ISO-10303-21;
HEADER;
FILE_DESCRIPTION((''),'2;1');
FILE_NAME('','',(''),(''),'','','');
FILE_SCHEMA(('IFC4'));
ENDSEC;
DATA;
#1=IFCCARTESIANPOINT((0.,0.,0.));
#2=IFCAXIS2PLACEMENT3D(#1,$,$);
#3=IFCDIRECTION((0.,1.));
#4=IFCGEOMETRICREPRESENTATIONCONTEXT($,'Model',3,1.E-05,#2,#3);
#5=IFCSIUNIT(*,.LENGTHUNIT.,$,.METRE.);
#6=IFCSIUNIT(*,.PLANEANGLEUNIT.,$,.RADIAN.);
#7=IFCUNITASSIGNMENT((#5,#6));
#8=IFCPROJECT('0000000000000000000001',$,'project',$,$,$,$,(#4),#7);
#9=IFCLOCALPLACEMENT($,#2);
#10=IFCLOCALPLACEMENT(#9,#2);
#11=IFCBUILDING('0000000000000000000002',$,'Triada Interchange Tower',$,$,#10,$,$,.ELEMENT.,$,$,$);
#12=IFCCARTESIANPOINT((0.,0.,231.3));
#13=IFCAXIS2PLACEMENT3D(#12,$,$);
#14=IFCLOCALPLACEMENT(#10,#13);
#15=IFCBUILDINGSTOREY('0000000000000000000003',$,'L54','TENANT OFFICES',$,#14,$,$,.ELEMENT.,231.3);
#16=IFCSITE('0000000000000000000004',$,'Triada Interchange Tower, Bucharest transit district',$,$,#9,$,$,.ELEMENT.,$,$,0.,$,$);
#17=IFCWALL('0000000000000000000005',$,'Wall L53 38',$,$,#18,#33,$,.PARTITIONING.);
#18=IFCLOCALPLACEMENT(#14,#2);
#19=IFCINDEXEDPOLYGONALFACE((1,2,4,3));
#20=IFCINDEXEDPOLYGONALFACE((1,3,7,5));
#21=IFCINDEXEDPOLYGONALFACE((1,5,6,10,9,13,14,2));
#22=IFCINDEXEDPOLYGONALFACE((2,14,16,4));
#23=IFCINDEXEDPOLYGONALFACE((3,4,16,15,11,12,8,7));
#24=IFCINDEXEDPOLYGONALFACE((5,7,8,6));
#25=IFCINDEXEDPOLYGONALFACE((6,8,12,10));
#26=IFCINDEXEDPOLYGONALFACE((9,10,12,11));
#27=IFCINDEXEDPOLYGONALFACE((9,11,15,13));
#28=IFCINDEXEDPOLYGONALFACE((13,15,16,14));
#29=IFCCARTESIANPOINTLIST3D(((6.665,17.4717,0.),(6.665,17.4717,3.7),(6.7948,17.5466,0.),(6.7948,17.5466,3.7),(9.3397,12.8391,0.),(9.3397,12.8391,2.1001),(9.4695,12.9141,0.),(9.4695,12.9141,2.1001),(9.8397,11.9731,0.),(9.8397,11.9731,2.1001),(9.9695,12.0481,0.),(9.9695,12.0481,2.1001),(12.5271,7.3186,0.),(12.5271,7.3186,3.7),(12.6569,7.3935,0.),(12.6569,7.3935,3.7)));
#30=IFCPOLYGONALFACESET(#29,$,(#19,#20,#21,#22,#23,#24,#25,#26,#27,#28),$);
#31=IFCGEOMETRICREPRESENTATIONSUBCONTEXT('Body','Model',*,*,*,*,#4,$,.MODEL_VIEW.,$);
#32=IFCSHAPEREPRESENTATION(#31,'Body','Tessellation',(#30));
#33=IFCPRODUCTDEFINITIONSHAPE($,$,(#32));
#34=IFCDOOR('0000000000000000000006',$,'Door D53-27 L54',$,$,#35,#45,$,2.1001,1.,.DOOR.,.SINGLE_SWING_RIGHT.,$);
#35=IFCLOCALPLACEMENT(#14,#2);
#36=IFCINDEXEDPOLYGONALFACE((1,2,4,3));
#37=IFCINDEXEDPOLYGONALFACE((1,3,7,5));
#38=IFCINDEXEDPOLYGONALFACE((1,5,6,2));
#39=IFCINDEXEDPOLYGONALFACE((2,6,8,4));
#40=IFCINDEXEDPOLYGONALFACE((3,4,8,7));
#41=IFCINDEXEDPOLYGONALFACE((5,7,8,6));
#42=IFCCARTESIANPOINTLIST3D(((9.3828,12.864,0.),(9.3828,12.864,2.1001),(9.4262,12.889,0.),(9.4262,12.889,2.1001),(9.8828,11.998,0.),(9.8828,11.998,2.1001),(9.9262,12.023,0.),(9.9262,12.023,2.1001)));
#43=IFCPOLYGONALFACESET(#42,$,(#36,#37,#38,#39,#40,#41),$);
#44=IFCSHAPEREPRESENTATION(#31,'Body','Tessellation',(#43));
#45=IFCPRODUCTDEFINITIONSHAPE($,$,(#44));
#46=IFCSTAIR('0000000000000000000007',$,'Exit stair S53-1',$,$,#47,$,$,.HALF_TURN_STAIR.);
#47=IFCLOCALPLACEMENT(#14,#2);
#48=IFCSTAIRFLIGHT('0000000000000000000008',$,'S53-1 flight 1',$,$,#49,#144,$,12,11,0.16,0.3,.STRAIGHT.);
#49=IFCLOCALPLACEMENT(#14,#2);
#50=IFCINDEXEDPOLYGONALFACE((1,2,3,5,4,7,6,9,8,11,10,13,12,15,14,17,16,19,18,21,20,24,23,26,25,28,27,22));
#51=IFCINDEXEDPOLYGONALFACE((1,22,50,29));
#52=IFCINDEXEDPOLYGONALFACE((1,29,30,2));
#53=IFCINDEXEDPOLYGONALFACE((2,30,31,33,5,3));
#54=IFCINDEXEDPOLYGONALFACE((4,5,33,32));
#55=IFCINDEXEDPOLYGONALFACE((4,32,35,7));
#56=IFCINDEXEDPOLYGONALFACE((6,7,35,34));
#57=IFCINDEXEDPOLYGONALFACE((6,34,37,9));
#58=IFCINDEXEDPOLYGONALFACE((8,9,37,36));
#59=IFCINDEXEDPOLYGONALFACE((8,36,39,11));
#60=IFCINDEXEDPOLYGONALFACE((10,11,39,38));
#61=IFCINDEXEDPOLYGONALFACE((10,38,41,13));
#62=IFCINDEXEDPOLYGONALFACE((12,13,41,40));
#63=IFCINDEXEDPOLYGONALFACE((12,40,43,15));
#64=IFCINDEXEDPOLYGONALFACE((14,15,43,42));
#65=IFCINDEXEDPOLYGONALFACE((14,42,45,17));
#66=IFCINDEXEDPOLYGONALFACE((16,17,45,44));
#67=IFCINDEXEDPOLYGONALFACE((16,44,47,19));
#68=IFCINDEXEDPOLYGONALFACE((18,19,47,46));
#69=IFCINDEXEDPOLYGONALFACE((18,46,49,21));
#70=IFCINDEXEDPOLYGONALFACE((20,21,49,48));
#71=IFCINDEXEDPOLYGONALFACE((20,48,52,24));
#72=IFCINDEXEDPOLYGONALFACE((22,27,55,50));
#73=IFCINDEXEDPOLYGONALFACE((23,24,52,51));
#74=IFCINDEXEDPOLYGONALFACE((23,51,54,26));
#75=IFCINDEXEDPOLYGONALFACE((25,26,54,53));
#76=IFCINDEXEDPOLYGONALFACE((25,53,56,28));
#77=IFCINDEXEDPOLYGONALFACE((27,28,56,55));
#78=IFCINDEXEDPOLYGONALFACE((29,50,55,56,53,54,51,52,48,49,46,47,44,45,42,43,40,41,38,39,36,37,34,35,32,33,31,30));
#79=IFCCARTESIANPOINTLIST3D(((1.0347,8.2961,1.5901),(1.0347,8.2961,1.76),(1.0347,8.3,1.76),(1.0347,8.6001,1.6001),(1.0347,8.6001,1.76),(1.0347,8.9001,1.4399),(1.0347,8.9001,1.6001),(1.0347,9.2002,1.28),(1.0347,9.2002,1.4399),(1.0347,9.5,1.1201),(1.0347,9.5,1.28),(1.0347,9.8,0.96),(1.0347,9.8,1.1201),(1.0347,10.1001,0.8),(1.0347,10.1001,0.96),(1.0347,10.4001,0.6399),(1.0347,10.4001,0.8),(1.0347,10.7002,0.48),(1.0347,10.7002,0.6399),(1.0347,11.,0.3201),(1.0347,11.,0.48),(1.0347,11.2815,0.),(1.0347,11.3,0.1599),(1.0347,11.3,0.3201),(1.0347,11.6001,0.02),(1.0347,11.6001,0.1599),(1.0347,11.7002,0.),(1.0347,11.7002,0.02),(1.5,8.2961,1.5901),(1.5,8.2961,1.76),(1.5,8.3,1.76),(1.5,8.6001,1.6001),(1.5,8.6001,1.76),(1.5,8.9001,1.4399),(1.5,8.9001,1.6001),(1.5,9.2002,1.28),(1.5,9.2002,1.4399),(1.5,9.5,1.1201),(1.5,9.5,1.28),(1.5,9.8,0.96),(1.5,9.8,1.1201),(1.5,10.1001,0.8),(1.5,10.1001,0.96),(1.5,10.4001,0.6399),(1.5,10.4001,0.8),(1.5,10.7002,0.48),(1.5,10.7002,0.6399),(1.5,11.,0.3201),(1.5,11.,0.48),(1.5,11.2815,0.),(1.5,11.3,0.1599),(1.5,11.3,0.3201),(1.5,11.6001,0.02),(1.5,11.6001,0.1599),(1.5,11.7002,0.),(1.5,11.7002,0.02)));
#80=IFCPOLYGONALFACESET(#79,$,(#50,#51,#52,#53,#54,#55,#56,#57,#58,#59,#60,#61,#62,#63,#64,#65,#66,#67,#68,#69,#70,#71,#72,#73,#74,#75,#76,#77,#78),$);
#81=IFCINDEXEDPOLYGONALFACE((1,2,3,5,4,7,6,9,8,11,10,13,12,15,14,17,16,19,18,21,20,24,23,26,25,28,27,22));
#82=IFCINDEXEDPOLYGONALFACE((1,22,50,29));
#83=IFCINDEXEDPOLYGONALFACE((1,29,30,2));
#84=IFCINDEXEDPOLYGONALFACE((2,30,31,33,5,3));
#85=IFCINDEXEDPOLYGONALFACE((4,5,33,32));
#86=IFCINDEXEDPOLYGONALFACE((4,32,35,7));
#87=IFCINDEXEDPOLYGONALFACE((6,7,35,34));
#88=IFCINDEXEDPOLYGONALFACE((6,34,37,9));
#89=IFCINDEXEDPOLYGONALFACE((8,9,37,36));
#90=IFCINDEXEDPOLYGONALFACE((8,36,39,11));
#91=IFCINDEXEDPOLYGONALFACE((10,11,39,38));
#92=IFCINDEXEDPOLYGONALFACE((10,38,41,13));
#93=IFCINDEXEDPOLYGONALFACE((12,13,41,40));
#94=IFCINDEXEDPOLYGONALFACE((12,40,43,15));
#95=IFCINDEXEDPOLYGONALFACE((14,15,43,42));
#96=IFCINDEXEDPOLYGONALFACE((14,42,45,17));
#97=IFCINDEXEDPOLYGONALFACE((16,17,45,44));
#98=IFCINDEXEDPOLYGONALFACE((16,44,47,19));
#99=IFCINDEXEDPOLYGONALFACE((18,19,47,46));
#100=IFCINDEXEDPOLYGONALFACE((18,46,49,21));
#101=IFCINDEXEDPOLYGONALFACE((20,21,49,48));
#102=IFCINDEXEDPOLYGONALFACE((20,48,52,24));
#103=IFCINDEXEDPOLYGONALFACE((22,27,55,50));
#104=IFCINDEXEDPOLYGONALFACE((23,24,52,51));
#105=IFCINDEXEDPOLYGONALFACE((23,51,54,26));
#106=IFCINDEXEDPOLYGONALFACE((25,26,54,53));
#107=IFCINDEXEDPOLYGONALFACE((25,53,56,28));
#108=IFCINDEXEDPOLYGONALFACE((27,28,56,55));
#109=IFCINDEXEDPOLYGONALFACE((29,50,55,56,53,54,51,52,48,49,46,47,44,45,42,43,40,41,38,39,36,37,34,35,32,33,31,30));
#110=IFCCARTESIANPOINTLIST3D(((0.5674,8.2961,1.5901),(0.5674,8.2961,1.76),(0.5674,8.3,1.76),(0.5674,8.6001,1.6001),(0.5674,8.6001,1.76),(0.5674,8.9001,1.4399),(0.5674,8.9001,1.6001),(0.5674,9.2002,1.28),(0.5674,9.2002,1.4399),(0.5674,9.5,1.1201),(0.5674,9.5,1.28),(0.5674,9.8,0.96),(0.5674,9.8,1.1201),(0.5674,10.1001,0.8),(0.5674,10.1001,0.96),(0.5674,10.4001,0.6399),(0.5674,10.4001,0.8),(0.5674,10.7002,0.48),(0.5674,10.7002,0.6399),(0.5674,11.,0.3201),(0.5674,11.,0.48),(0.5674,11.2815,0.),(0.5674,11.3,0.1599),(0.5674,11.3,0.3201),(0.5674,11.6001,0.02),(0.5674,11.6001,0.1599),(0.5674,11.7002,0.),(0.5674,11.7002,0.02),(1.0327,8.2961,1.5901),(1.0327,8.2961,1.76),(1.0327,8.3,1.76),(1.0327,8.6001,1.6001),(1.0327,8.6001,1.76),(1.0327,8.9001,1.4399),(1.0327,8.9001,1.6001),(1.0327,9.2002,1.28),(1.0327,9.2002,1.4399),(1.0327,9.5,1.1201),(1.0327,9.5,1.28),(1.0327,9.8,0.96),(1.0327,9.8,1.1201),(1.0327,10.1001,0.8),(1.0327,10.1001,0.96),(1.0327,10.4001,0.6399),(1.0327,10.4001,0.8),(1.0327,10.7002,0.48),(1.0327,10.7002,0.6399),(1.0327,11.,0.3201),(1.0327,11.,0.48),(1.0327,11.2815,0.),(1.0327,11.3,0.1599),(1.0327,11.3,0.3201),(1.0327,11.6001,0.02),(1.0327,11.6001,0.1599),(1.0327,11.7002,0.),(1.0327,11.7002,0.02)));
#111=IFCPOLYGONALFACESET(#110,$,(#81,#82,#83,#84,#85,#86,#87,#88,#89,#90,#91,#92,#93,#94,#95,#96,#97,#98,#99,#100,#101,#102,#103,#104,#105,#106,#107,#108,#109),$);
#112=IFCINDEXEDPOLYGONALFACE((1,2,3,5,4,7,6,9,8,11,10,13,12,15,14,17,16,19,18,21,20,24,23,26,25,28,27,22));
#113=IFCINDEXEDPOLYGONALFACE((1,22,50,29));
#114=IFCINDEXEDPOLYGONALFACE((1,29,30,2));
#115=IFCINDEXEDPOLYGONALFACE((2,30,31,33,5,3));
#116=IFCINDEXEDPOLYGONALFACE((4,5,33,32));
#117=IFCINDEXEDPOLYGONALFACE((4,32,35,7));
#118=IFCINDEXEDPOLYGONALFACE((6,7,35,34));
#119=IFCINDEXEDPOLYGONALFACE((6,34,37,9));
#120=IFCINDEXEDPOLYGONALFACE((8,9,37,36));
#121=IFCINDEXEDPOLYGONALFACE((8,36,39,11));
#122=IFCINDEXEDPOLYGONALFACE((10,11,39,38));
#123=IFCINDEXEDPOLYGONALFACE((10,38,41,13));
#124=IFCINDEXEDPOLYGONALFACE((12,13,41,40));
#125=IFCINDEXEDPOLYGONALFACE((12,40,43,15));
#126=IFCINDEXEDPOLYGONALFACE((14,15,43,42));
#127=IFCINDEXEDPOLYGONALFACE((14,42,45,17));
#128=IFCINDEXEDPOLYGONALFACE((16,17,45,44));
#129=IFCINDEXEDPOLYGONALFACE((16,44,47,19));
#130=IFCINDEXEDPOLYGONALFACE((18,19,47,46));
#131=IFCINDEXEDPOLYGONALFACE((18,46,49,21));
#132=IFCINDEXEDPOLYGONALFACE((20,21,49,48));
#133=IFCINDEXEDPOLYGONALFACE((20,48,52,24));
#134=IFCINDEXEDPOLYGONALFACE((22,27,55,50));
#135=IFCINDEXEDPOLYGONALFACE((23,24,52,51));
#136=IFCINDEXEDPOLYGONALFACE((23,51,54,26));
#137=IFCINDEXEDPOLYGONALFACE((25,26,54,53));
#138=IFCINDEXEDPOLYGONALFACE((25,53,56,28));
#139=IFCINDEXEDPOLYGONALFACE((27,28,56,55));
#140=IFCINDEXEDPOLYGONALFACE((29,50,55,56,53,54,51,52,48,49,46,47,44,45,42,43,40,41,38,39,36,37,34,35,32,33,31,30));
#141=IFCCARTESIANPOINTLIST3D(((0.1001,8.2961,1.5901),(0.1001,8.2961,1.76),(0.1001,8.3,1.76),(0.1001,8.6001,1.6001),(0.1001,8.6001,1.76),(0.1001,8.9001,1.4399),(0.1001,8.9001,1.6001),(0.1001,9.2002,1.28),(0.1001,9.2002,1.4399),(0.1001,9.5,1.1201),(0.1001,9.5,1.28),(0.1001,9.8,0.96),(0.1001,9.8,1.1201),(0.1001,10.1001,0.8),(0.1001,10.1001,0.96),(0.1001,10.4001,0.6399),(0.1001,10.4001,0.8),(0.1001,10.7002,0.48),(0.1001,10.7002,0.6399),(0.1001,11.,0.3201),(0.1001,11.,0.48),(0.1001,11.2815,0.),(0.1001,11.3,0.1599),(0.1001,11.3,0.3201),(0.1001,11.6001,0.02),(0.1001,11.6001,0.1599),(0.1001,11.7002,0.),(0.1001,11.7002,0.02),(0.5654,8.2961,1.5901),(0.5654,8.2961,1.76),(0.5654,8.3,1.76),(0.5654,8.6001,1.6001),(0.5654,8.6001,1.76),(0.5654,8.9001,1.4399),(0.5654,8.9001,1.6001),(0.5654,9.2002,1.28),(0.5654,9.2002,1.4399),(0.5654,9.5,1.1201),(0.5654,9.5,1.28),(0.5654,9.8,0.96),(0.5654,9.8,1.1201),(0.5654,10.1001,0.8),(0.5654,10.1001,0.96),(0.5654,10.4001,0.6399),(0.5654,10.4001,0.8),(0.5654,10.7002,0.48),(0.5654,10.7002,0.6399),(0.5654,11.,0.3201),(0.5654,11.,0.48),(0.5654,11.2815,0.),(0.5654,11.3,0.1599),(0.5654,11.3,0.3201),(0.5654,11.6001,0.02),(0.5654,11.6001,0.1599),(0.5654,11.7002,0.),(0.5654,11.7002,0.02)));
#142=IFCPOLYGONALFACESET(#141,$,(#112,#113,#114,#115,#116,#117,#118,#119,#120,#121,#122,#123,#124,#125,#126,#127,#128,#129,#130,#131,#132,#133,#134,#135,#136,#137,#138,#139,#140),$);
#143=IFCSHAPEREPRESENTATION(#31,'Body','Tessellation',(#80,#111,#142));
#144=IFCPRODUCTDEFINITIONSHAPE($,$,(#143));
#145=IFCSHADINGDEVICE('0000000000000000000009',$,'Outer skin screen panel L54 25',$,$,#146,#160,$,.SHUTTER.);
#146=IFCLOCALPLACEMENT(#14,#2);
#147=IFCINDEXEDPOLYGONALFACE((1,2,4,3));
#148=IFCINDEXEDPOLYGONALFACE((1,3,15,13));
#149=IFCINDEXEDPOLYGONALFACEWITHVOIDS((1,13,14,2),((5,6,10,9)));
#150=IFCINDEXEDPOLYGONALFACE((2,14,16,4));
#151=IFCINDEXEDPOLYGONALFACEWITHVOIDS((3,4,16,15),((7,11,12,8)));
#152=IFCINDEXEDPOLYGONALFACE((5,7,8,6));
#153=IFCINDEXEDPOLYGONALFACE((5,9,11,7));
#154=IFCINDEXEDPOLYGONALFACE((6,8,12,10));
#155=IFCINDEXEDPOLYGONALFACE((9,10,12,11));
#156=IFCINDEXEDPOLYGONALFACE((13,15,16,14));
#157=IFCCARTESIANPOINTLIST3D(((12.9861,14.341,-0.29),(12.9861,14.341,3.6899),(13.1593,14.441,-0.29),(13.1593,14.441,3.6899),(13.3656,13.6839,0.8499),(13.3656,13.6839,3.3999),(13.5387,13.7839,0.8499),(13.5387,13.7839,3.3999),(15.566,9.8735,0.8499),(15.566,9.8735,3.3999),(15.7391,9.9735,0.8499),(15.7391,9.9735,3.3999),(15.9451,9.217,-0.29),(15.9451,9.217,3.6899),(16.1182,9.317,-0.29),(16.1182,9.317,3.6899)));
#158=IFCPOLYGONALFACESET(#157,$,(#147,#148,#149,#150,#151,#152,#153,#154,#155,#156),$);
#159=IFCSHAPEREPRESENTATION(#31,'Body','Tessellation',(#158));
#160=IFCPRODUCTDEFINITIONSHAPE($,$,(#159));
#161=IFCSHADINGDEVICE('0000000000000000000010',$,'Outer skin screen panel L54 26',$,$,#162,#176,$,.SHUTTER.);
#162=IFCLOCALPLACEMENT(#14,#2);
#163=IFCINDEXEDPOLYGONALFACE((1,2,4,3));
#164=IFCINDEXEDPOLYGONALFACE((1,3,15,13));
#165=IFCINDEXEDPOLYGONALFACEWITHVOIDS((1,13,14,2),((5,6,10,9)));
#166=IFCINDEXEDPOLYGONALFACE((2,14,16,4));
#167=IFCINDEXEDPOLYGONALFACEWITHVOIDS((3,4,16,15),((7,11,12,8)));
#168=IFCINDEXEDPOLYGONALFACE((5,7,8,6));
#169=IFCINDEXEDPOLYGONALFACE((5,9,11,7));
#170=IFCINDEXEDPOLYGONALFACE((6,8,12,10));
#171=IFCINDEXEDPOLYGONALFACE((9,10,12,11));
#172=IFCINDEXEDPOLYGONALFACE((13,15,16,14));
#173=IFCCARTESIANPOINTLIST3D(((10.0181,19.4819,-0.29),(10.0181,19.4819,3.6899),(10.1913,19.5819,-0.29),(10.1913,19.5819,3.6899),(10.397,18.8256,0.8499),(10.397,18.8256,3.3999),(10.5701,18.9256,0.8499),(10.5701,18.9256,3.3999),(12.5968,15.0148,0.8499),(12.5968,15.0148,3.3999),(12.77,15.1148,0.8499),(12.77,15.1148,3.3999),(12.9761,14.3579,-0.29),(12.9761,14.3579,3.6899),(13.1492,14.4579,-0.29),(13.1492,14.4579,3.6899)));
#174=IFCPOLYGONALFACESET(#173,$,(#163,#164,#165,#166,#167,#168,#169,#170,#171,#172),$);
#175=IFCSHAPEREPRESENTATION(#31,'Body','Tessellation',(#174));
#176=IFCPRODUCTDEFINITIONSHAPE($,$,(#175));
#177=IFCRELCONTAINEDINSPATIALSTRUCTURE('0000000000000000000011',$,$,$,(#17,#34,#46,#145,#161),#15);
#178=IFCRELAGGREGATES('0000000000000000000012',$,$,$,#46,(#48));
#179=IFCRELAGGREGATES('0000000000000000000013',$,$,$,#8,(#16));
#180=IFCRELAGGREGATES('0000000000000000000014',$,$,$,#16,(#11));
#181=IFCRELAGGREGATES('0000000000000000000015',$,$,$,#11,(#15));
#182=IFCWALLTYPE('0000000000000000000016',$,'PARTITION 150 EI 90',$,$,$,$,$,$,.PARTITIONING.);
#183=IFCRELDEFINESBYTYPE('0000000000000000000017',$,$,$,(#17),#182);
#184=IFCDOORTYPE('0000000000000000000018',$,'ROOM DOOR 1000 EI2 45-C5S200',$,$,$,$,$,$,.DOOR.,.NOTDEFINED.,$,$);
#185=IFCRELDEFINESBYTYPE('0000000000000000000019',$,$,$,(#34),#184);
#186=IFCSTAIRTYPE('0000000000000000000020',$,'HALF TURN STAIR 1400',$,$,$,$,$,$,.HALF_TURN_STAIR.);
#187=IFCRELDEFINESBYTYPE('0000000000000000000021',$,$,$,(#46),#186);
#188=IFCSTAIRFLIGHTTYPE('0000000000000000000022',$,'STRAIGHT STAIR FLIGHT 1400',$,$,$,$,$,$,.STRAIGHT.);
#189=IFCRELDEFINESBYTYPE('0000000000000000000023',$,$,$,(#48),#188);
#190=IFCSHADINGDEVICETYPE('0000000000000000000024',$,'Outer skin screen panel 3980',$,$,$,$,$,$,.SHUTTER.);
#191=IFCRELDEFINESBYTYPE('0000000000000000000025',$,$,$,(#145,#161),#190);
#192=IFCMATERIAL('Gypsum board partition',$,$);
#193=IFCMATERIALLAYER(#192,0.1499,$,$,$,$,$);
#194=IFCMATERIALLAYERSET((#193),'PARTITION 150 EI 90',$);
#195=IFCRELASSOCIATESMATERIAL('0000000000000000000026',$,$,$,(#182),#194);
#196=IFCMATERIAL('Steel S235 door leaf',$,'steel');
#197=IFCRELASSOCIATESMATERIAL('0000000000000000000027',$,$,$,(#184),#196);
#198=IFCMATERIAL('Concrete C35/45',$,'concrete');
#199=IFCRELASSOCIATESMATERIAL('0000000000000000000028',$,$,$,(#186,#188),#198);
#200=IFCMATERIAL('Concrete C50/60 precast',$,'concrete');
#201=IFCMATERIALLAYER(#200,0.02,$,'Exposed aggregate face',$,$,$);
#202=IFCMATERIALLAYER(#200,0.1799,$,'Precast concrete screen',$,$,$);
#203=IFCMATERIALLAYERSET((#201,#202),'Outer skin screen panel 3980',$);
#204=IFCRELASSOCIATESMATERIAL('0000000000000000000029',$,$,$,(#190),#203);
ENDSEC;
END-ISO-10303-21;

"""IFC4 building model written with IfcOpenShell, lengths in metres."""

from ifc_helpers import new_model, si_unit, direction, frame, frame_2d, origin, place, context, subcontext, project, spatial, polyline, rectangle, outline, extrude, material, layer, layer_set, type_object, element, fill, aggregate, save


model = new_model("IFC4")

# Units and contexts
model_context = context("Model", 3, precision=1e-05, world=origin(), true_north=direction((0.0, 1.0)))
body_context = subcontext(model_context, "Body", "Model", "MODEL_VIEW")
ifc_project = project(units=[si_unit("LENGTHUNIT", "METRE"), si_unit("PLANEANGLEUNIT", "RADIAN")], contexts=[model_context])

# Site, building, storey
site_placement = place(None, origin())
site = spatial("IfcSite", under=ifc_project, at=site_placement, Name="Triada Interchange Tower, Bucharest transit district", CompositionType="ELEMENT", RefElevation=0.0)
building_placement = place(site_placement, origin())
building = spatial("IfcBuilding", under=site, at=building_placement, Name="Triada Interchange Tower", CompositionType="ELEMENT")
storey_placement = place(building_placement, frame((0.0, 0.0, 231.3)))
storey = spatial("IfcBuildingStorey", under=building, at=storey_placement, Name="L54", Description="TENANT OFFICES", CompositionType="ELEMENT", Elevation=231.3)

# Shared definitions
ifc_material_1 = material(Name="Steel S235 door leaf", Category="steel")

# Shared definitions
ifc_material_2 = material(Name="Gypsum board partition")

# Wall, opening, door
ifc_layer_1 = layer(ifc_material_2, 0.1499)
ifc_layer_set_1 = layer_set([ifc_layer_1], Name="PARTITION 150 EI 90")
wall_type_1 = type_object("IfcWallType", Name="PARTITION 150 EI 90", PredefinedType="PARTITIONING", material=ifc_layer_set_1)
wall_1_placement = place(storey_placement, frame((6.73, 17.509, 0.0), z_axis=(0.0, 0.0, 1.0), x_axis=(0.500011, -0.866019, 0.0)))
wall_1 = element("IfcWall", 1, at=wall_1_placement, inside=storey, type_object=wall_type_1, Name="Wall L53 38", PredefinedType="PARTITIONING", context=body_context, shape_type="SweptSolid", body=[
    extrude(rectangle(XDim=11.7239, YDim=0.1499, at=frame_2d((5.8618, 0.0))), origin(), (0.0, 0.0, 1.0), 3.7),
])
opening_1_placement = place(wall_1_placement, frame((5.3491, 0.0, 0.0)))
opening_1 = element("IfcOpeningElement", 2, at=opening_1_placement, cuts=wall_1, PredefinedType="OPENING", context=body_context, shape_type="SweptSolid", body=[
    extrude(rectangle(XDim=1.0, YDim=2.1001, at=frame_2d((0.5, 1.05))), frame((0.0, 0.085, 0.0), z_axis=(0.0, -1.0, 0.0), x_axis=(1.0, 0.0, 0.0)), (0.0, 0.0, 1.0), 0.1699),
])
door_type_1 = type_object("IfcDoorType", Name="ROOM DOOR 1000 EI2 45-C5S200", OperationType="NOTDEFINED", PredefinedType="DOOR", material=ifc_material_1)
door_1_placement = place(opening_1_placement, origin())
door_1 = element("IfcDoor", 3, at=door_1_placement, inside=storey, type_object=door_type_1, Name="Door D53-27 L54", OperationType="SINGLE_SWING_RIGHT", OverallHeight=2.1001, OverallWidth=1.0, PredefinedType="DOOR", context=body_context, shape_type="SweptSolid", body=[
    extrude(rectangle(XDim=1.0, YDim=2.1001, at=frame_2d((0.5, 1.05))), frame((0.0, 0.0249, 0.0), z_axis=(0.0, -1.0, 0.0), x_axis=(1.0, 0.0, 0.0)), (0.0, 0.0, 1.0), 0.05),
])
fill(opening_1, door_1)

# Stair, stair flight
ifc_material_3 = material(Name="Concrete C35/45", Category="concrete")
stair_type = type_object("IfcStairType", Name="HALF TURN STAIR 1400", PredefinedType="HALF_TURN_STAIR", material=ifc_material_3)
stair_placement = place(storey_placement, origin())
stair = element("IfcStair", 4, at=stair_placement, inside=storey, type_object=stair_type, Name="Exit stair S53-1", PredefinedType="HALF_TURN_STAIR")
stair_flight_type = type_object("IfcStairFlightType", Name="STRAIGHT STAIR FLIGHT 1400", PredefinedType="STRAIGHT", material=ifc_material_3)
stair_flight_placement = place(storey_placement, frame((0.8, 11.6001, 0.0), z_axis=(0.0, 0.0, 1.0), x_axis=(0.0, -1.0, 0.0)))
stair_flight = element("IfcStairFlight", 5, at=stair_flight_placement, type_object=stair_flight_type, Name="S53-1 flight 1", NumberOfRisers=12, NumberOfTreads=11, PredefinedType="STRAIGHT", RiserHeight=0.16, TreadLength=0.3, context=body_context, shape_type="SweptSolid", body=[
    extrude(outline(polyline([(-0.1001, 0.0), (-0.1001, 0.02), (0.0, 0.02), (0.0, 0.1599), (0.3, 0.1599), (0.3, 0.3201), (0.6001, 0.3201), (0.6001, 0.48), (0.8999, 0.48), (0.8999, 0.6399), (1.2, 0.6399), (1.2, 0.8), (1.5, 0.8), (1.5, 0.96), (1.8, 0.96), (1.8, 1.1201), (2.1001, 1.1201), (2.1001, 1.28), (2.3999, 1.28), (2.3999, 1.4399), (2.7, 1.4399), (2.7, 1.6001), (3.0, 1.6001), (3.0, 1.76), (3.3, 1.76), (3.304, 1.76), (3.304, 1.9199), (3.304, 1.5901), (0.3186, 0.0), (-0.1001, 0.0)])), frame((0.0, 0.7, 0.0), z_axis=(0.0, -1.0, 0.0), x_axis=(1.0, 0.0, 0.0)), (0.0, 0.0, 1.0), 0.4653),
    extrude(outline(polyline([(-0.1001, 0.0), (-0.1001, 0.02), (0.0, 0.02), (0.0, 0.1599), (0.3, 0.1599), (0.3, 0.3201), (0.6001, 0.3201), (0.6001, 0.48), (0.8999, 0.48), (0.8999, 0.6399), (1.2, 0.6399), (1.2, 0.8), (1.5, 0.8), (1.5, 0.96), (1.8, 0.96), (1.8, 1.1201), (2.1001, 1.1201), (2.1001, 1.28), (2.3999, 1.28), (2.3999, 1.4399), (2.7, 1.4399), (2.7, 1.6001), (3.0, 1.6001), (3.0, 1.76), (3.3, 1.76), (3.304, 1.76), (3.304, 1.9199), (3.304, 1.5901), (0.3186, 0.0), (-0.1001, 0.0)])), frame((0.0, 0.2327, 0.0), z_axis=(0.0, -1.0, 0.0), x_axis=(1.0, 0.0, 0.0)), (0.0, 0.0, 1.0), 0.4653),
    extrude(outline(polyline([(-0.1001, 0.0), (-0.1001, 0.02), (0.0, 0.02), (0.0, 0.1599), (0.3, 0.1599), (0.3, 0.3201), (0.6001, 0.3201), (0.6001, 0.48), (0.8999, 0.48), (0.8999, 0.6399), (1.2, 0.6399), (1.2, 0.8), (1.5, 0.8), (1.5, 0.96), (1.8, 0.96), (1.8, 1.1201), (2.1001, 1.1201), (2.1001, 1.28), (2.3999, 1.28), (2.3999, 1.4399), (2.7, 1.4399), (2.7, 1.6001), (3.0, 1.6001), (3.0, 1.76), (3.3, 1.76), (3.304, 1.76), (3.304, 1.9199), (3.304, 1.5901), (0.3186, 0.0), (-0.1001, 0.0)])), frame((0.0, -0.2346, 0.0), z_axis=(0.0, -1.0, 0.0), x_axis=(1.0, 0.0, 0.0)), (0.0, 0.0, 1.0), 0.4653),
])

# Shading devices
ifc_material_4 = material(Name="Concrete C50/60 precast", Category="concrete")
ifc_layer_2 = layer(ifc_material_4, 0.02, Name="Exposed aggregate face")
ifc_layer_3 = layer(ifc_material_4, 0.1799, Name="Precast concrete screen")
ifc_layer_set_2 = layer_set([ifc_layer_2, ifc_layer_3], Name="Outer skin screen panel 3980")
shading_device_type = type_object("IfcShadingDeviceType", Name="Outer skin screen panel 3980", PredefinedType="SHUTTER", material=ifc_layer_set_2)
shading_device_1_placement = place(storey_placement, frame((15.9451, 9.217, -0.29), z_axis=(0.0, 0.0, 1.0), x_axis=(-0.50008, 0.865979, 0.0)))
element("IfcShadingDevice", 6, at=shading_device_1_placement, inside=storey, type_object=shading_device_type, Name="Outer skin screen panel L54 25", PredefinedType="SHUTTER", context=body_context, shape_type="SweptSolid", body=[
    extrude(outline(polyline([(0.0, 0.0), (5.917, 0.0), (5.917, 3.98), (0.0, 3.98), (0.0, 0.0)]), holes=[polyline([(0.7581, 1.1399), (0.7581, 3.6899), (5.1582, 3.6899), (5.1582, 1.1399), (0.7581, 1.1399)])]), frame((0.0, 0.0, 0.0), z_axis=(0.0, -1.0, 0.0), x_axis=(1.0, 0.0, 0.0)), (0.0, 0.0, 1.0), 0.2),
])
shading_device_2_placement = place(storey_placement, frame((12.9761, 14.3579, -0.29), z_axis=(0.0, 0.0, 1.0), x_axis=(-0.499956, 0.866051, 0.0)))
element("IfcShadingDevice", 7, at=shading_device_2_placement, inside=storey, type_object=shading_device_type, Name="Outer skin screen panel L54 26", PredefinedType="SHUTTER", context=body_context, shape_type="SweptSolid", body=[
    extrude(outline(polyline([(0.0, 0.0), (5.9165, 0.0), (5.9165, 3.98), (0.0, 3.98), (0.0, 0.0)]), holes=[polyline([(0.7585, 1.1399), (0.7585, 3.6899), (5.1587, 3.6899), (5.1587, 1.1399), (0.7585, 1.1399)])]), frame((0.0, 0.0, 0.0), z_axis=(0.0, -1.0, 0.0), x_axis=(1.0, 0.0, 0.0)), (0.0, 0.0, 1.0), 0.2),
])

aggregate(stair, [stair_flight])

save(model, "model.ifc")
